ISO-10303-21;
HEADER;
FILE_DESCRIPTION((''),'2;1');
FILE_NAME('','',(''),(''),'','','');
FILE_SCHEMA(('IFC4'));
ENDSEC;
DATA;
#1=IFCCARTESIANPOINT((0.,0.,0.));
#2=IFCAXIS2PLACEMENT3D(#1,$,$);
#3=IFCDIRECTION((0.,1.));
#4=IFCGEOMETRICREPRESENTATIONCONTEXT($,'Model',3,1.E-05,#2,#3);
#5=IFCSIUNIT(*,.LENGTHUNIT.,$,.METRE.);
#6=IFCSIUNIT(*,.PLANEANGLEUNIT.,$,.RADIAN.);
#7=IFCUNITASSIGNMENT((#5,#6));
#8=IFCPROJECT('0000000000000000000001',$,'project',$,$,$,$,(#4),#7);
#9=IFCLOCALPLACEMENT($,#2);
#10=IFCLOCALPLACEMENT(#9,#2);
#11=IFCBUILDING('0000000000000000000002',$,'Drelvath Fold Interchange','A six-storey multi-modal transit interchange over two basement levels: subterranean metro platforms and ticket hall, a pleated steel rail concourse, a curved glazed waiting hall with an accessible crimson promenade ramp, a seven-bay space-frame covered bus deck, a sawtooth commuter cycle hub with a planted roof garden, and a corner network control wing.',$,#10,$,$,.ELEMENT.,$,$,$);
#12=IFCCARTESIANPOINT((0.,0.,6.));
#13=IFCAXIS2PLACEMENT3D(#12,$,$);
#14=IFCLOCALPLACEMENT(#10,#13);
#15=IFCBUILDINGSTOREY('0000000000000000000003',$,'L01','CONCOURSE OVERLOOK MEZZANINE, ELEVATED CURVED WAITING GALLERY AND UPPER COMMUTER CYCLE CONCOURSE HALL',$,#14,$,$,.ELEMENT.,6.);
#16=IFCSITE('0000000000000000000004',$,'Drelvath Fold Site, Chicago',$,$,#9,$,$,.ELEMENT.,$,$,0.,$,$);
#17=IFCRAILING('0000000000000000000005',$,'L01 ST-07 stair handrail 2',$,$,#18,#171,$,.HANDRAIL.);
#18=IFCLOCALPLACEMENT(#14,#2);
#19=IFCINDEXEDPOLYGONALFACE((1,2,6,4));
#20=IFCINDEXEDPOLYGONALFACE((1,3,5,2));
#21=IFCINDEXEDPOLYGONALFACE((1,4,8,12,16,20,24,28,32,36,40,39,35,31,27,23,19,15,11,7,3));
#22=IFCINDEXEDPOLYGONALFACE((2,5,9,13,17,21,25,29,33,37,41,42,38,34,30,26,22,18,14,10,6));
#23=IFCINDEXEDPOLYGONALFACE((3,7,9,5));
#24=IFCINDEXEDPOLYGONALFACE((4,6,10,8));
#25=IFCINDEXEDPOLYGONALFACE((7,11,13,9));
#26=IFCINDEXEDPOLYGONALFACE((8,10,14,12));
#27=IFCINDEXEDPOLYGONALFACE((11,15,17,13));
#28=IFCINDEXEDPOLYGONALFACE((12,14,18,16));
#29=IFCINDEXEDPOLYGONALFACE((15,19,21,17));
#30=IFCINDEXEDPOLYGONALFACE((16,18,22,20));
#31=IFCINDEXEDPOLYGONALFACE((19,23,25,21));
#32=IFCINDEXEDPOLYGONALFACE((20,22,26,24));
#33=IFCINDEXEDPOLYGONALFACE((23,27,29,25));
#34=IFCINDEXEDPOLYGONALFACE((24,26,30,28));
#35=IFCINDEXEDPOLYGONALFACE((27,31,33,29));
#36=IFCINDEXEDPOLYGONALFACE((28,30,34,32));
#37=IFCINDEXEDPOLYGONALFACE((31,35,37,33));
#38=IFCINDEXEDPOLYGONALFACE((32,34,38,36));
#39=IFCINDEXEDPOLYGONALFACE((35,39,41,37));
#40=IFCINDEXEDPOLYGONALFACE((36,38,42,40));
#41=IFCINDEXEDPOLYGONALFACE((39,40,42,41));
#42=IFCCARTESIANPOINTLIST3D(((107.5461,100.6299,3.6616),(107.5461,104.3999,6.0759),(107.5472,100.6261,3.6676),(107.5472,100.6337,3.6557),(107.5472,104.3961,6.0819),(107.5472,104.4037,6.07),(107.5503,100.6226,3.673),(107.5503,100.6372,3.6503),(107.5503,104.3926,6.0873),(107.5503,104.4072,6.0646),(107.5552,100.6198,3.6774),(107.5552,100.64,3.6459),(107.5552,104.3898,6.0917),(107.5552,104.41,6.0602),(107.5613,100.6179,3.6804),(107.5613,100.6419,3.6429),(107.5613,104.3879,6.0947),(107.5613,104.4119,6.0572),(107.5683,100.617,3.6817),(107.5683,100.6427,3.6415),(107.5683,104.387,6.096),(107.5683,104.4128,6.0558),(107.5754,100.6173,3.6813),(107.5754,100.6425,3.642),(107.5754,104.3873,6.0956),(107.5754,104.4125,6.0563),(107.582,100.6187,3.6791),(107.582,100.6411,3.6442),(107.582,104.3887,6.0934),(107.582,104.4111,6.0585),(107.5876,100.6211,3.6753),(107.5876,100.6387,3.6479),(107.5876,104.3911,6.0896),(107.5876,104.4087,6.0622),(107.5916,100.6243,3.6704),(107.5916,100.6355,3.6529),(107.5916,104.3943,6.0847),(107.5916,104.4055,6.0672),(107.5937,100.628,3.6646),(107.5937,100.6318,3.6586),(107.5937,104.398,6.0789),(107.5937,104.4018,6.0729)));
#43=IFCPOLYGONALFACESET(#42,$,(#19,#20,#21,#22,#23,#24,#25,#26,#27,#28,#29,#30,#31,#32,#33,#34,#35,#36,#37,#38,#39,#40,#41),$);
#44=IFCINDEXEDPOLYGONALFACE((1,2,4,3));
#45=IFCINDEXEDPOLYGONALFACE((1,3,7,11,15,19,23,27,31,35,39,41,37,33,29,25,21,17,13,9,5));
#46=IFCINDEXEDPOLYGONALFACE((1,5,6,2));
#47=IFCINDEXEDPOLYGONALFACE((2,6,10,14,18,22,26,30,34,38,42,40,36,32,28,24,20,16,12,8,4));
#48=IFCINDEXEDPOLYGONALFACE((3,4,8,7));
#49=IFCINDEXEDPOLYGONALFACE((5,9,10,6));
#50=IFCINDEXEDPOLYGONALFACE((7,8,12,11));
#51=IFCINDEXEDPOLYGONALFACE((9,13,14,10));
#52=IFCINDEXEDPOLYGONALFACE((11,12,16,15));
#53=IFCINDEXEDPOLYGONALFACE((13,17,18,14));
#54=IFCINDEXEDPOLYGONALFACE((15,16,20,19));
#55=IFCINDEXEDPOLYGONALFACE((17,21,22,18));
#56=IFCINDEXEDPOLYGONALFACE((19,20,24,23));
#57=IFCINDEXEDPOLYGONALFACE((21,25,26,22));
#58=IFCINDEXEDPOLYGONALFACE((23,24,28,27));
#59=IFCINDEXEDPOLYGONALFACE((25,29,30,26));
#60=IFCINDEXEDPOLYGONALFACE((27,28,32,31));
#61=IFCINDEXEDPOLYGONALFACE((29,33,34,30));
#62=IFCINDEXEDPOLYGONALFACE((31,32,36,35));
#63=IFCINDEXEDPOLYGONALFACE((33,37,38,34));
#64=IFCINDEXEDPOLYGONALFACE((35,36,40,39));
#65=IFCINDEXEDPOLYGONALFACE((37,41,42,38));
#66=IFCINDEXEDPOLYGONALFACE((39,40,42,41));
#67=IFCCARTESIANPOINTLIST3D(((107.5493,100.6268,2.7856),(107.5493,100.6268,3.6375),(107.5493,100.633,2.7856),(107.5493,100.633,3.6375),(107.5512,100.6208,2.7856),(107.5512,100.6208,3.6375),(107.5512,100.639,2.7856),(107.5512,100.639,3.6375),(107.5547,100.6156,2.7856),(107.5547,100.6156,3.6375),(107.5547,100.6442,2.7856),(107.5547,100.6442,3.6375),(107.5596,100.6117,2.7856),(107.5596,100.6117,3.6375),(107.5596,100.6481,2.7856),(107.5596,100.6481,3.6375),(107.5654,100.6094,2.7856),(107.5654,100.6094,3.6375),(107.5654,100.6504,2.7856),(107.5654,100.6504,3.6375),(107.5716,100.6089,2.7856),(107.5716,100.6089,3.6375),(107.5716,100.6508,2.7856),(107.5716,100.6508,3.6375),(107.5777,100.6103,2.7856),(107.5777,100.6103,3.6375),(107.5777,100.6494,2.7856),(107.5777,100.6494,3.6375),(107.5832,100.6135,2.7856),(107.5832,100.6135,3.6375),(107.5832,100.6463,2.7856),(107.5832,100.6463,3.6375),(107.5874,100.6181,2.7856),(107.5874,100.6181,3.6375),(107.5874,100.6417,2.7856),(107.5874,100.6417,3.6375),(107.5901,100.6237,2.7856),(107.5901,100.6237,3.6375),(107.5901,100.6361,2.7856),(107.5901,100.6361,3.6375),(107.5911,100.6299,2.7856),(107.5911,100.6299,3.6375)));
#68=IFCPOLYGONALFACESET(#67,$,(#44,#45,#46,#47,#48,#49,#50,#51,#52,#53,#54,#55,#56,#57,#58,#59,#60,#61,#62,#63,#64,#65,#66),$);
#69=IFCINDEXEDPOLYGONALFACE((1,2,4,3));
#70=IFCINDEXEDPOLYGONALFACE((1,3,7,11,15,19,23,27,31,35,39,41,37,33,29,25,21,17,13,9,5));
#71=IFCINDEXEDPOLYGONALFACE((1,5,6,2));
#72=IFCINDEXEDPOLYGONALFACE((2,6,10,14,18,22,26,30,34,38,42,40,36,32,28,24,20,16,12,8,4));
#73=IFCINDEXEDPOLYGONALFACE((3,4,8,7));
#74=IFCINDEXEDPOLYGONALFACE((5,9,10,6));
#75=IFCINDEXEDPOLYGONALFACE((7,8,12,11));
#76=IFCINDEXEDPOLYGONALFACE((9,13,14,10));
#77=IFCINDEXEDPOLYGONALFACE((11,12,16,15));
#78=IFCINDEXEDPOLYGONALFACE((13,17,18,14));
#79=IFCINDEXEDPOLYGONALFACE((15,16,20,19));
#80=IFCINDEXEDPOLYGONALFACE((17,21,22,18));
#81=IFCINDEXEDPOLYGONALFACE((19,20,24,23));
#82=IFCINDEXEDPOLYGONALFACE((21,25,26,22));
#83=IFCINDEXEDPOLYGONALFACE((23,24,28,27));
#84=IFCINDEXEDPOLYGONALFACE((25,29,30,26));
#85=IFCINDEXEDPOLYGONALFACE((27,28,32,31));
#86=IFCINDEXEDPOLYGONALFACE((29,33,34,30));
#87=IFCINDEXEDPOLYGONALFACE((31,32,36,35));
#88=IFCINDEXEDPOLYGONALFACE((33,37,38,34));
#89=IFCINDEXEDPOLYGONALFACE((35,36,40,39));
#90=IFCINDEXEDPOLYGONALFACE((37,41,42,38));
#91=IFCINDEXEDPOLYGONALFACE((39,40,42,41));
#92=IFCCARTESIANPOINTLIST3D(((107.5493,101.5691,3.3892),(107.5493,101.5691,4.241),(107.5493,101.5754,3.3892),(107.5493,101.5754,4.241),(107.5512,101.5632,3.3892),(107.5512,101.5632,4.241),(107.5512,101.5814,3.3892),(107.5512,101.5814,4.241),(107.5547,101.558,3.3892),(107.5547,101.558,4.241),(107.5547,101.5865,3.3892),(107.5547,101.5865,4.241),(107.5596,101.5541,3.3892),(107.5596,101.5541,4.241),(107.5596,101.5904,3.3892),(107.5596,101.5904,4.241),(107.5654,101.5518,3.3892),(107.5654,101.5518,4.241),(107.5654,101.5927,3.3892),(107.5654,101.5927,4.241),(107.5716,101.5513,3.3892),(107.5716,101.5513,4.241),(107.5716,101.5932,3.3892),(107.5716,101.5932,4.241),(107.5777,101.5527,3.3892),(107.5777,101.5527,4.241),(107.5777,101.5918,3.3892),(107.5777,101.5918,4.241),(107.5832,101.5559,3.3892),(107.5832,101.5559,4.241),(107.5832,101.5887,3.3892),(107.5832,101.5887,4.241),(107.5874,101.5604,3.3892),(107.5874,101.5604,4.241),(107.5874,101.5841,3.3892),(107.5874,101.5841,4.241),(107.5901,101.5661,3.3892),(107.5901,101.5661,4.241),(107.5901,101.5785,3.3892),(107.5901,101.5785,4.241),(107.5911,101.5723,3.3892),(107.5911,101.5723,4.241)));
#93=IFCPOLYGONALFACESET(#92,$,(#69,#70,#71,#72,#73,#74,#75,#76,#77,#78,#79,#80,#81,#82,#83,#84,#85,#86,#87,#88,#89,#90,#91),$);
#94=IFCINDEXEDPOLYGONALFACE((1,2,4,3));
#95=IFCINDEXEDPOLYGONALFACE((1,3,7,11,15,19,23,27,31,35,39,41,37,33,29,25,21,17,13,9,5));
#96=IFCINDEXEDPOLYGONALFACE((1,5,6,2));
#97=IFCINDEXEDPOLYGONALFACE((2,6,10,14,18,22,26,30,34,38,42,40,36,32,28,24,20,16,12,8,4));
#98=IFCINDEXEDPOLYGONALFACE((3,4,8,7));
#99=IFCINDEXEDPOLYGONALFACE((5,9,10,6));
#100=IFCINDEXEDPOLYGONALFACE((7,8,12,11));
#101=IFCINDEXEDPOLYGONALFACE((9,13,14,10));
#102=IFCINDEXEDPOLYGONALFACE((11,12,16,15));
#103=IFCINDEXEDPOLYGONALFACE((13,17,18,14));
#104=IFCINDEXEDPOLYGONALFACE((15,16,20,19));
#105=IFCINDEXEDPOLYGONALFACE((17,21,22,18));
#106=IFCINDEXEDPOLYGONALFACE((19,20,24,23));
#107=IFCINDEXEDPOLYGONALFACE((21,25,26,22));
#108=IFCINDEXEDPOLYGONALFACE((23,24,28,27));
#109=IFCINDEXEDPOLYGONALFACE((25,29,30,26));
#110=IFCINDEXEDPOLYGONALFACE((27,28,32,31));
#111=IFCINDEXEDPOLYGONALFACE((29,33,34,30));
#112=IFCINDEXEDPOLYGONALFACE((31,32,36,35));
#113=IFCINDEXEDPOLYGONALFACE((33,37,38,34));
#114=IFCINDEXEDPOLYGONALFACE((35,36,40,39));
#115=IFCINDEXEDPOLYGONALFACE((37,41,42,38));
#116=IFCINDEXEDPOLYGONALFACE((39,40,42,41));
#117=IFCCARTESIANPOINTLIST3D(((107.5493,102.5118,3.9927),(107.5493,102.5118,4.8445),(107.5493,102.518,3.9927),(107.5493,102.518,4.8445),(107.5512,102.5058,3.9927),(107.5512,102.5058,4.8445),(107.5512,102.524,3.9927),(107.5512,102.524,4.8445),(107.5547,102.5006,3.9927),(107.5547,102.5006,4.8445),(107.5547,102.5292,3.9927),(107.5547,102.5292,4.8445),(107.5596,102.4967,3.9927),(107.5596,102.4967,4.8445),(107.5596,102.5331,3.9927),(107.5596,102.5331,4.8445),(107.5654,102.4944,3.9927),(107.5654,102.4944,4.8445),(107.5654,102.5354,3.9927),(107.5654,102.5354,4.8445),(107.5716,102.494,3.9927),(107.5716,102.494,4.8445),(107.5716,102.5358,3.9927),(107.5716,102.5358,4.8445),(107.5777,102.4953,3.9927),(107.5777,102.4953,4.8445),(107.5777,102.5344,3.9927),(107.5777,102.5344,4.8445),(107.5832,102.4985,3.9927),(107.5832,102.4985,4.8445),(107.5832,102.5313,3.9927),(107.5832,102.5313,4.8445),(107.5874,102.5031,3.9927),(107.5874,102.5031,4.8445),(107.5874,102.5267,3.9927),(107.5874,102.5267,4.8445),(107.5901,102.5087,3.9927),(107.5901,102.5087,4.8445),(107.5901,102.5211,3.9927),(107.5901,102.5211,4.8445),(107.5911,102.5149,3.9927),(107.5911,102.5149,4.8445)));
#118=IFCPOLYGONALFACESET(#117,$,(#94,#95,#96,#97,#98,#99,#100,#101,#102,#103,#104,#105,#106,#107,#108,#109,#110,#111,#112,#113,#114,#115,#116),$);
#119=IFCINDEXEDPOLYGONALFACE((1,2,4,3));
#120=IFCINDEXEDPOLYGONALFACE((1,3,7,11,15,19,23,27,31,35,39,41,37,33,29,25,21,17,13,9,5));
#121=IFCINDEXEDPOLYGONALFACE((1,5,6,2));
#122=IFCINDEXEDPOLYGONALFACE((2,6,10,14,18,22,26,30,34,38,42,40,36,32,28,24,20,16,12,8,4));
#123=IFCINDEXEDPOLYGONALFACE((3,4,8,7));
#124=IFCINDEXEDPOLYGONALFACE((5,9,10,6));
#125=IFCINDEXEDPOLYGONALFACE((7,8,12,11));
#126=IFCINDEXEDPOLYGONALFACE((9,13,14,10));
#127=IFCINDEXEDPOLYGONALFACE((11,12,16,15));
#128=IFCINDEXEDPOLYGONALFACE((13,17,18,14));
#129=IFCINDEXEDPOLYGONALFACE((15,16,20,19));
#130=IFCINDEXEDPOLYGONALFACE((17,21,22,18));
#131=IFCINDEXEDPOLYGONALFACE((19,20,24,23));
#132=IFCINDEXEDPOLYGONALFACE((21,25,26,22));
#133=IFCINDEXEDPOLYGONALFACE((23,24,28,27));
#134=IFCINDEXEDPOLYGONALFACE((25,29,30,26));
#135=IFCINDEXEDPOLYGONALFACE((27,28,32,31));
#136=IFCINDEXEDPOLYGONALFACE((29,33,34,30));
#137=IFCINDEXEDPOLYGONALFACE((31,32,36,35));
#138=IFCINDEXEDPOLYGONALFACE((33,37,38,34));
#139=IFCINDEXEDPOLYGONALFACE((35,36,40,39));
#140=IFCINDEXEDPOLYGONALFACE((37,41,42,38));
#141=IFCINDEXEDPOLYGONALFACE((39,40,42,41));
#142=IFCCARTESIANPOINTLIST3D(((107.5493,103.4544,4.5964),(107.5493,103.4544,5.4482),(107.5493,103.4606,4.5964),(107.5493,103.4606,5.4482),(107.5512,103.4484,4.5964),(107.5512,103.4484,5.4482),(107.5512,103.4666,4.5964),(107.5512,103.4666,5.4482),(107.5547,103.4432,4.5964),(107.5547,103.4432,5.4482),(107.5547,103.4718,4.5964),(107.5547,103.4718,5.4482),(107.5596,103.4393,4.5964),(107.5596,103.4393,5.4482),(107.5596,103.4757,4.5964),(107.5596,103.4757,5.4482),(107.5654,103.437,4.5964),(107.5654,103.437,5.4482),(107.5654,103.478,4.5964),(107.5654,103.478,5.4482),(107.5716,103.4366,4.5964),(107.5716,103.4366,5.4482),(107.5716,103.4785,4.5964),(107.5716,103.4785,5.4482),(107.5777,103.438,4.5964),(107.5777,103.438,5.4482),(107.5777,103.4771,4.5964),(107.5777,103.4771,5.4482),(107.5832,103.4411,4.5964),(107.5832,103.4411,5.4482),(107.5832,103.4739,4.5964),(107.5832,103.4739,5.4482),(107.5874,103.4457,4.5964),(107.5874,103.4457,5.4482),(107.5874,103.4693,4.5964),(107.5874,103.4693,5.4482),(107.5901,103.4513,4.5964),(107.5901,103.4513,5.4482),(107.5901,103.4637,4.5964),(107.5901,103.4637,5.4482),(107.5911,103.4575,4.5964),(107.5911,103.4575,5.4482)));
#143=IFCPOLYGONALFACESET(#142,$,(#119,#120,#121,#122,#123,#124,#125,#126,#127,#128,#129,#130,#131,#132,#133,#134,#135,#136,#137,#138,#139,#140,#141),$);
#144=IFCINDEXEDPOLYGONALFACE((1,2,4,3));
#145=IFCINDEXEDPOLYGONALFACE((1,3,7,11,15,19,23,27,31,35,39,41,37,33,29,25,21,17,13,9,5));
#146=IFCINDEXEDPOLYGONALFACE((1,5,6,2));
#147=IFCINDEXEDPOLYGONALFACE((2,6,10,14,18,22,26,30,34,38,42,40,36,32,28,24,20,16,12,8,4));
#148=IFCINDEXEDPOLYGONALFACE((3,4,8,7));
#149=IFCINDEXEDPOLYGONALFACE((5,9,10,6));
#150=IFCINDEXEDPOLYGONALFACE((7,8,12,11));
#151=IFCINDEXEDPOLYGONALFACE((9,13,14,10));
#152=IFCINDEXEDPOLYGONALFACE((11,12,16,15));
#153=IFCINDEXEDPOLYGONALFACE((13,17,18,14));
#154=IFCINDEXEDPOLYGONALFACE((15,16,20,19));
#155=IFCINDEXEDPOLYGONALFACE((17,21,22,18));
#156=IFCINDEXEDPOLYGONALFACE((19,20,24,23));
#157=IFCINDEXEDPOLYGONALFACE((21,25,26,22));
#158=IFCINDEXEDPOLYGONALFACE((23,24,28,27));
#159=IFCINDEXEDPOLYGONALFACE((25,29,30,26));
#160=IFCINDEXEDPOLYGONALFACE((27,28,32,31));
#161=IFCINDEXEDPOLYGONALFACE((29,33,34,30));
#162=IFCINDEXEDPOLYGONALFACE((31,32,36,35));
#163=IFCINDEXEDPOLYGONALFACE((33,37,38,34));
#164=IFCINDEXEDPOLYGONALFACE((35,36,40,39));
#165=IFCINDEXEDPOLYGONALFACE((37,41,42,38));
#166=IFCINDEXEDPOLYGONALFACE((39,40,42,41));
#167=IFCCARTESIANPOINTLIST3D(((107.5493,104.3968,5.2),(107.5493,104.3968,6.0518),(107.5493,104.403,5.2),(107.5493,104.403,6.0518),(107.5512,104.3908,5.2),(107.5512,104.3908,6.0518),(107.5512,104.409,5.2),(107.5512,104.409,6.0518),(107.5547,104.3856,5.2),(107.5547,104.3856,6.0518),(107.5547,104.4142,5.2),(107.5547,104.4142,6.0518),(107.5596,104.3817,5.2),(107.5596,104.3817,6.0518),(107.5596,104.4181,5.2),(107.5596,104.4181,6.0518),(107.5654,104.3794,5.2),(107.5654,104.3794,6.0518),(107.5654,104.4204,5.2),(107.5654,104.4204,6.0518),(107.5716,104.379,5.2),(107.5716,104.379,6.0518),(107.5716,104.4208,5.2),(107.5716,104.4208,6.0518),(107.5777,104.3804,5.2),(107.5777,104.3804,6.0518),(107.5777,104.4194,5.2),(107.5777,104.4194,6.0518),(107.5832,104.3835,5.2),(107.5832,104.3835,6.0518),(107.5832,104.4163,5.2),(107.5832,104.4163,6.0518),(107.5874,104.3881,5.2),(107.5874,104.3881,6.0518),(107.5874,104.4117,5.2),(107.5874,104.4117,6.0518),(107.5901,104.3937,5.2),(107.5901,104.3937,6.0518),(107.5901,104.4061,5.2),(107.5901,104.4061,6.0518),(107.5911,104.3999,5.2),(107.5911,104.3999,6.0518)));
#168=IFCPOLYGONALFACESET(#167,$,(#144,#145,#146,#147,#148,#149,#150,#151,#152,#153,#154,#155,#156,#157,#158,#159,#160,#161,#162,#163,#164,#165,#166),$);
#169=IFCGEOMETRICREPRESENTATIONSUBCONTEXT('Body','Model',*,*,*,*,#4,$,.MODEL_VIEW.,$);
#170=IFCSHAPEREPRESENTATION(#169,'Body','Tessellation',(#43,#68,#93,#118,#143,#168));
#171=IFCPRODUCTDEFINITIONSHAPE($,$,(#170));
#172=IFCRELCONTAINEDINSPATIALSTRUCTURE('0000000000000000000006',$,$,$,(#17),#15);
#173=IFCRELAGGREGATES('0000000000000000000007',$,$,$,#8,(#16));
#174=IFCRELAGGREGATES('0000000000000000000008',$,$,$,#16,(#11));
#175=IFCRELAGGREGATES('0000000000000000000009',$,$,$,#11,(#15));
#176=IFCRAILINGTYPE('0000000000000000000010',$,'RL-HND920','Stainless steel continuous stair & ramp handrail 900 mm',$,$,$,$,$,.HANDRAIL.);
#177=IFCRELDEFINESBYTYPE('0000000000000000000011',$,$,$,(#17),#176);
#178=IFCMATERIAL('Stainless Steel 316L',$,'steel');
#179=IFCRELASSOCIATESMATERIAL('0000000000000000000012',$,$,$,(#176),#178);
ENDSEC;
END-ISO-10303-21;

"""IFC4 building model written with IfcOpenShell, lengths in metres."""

from ifc_helpers import new_model, si_unit, direction, frame, origin, origin_2d, place, context, subcontext, project, spatial, circle, extrude, material, type_object, element, save


model = new_model("IFC4")

# Units and contexts
model_context = context("Model", 3, precision=1e-05, world=origin(), true_north=direction((0.0, 1.0)))
body_context = subcontext(model_context, "Body", "Model", "MODEL_VIEW")
ifc_project = project(units=[si_unit("LENGTHUNIT", "METRE"), si_unit("PLANEANGLEUNIT", "RADIAN")], contexts=[model_context])

# Site, building, storey
site_placement = place(None, origin())
site = spatial("IfcSite", under=ifc_project, at=site_placement, Name="Drelvath Fold Site, Chicago", CompositionType="ELEMENT", RefElevation=0.0)
building_placement = place(site_placement, origin())
building = spatial("IfcBuilding", under=site, at=building_placement, Name="Drelvath Fold Interchange", Description="A six-storey multi-modal transit interchange over two basement levels: subterranean metro platforms and ticket hall, a pleated steel rail concourse, a curved glazed waiting hall with an accessible crimson promenade ramp, a seven-bay space-frame covered bus deck, a sawtooth commuter cycle hub with a planted roof garden, and a corner network control wing.", CompositionType="ELEMENT")
storey_placement = place(building_placement, frame((0.0, 0.0, 6.0)))
storey = spatial("IfcBuildingStorey", under=building, at=storey_placement, Name="L01", Description="CONCOURSE OVERLOOK MEZZANINE, ELEVATED CURVED WAITING GALLERY AND UPPER COMMUTER CYCLE CONCOURSE HALL", CompositionType="ELEMENT", Elevation=6.0)

# Railing
ifc_material_1 = material(Name="Stainless Steel 316L", Category="steel")
railing_type_1 = type_object("IfcRailingType", Name="RL-HND920", Description="Stainless steel continuous stair & ramp handrail 900 mm", PredefinedType="HANDRAIL", material=ifc_material_1)
railing_1_placement = place(storey_placement, frame((107.5701, 100.6299, 2.7856)))
element("IfcRailing", 1, at=railing_1_placement, inside=storey, type_object=railing_type_1, Name="L01 ST-07 stair handrail 2", PredefinedType="HANDRAIL", context=body_context, shape_type="SweptSolid", body=[
    extrude(circle(Radius=0.0239, at=origin_2d()), frame((0.0, 0.0, 0.876), z_axis=(0.0, 0.84212, 0.53929), x_axis=(-1.0, 0.0, 0.0)), (0.0, 0.0, 1.0), 4.4768),
    extrude(circle(Radius=0.021, at=origin_2d()), origin(), (0.0, 0.0, 1.0), 0.8518),
    extrude(circle(Radius=0.021, at=origin_2d()), frame((0.0, 0.9424, 0.6035)), (0.0, 0.0, 1.0), 0.8518),
    extrude(circle(Radius=0.021, at=origin_2d()), frame((0.0, 1.885, 1.207)), (0.0, 0.0, 1.0), 0.8518),
    extrude(circle(Radius=0.021, at=origin_2d()), frame((0.0, 2.8276, 1.8108)), (0.0, 0.0, 1.0), 0.8518),
    extrude(circle(Radius=0.021, at=origin_2d()), frame((0.0, 3.77, 2.4143)), (0.0, 0.0, 1.0), 0.8518),
])

save(model, "model.ifc")
